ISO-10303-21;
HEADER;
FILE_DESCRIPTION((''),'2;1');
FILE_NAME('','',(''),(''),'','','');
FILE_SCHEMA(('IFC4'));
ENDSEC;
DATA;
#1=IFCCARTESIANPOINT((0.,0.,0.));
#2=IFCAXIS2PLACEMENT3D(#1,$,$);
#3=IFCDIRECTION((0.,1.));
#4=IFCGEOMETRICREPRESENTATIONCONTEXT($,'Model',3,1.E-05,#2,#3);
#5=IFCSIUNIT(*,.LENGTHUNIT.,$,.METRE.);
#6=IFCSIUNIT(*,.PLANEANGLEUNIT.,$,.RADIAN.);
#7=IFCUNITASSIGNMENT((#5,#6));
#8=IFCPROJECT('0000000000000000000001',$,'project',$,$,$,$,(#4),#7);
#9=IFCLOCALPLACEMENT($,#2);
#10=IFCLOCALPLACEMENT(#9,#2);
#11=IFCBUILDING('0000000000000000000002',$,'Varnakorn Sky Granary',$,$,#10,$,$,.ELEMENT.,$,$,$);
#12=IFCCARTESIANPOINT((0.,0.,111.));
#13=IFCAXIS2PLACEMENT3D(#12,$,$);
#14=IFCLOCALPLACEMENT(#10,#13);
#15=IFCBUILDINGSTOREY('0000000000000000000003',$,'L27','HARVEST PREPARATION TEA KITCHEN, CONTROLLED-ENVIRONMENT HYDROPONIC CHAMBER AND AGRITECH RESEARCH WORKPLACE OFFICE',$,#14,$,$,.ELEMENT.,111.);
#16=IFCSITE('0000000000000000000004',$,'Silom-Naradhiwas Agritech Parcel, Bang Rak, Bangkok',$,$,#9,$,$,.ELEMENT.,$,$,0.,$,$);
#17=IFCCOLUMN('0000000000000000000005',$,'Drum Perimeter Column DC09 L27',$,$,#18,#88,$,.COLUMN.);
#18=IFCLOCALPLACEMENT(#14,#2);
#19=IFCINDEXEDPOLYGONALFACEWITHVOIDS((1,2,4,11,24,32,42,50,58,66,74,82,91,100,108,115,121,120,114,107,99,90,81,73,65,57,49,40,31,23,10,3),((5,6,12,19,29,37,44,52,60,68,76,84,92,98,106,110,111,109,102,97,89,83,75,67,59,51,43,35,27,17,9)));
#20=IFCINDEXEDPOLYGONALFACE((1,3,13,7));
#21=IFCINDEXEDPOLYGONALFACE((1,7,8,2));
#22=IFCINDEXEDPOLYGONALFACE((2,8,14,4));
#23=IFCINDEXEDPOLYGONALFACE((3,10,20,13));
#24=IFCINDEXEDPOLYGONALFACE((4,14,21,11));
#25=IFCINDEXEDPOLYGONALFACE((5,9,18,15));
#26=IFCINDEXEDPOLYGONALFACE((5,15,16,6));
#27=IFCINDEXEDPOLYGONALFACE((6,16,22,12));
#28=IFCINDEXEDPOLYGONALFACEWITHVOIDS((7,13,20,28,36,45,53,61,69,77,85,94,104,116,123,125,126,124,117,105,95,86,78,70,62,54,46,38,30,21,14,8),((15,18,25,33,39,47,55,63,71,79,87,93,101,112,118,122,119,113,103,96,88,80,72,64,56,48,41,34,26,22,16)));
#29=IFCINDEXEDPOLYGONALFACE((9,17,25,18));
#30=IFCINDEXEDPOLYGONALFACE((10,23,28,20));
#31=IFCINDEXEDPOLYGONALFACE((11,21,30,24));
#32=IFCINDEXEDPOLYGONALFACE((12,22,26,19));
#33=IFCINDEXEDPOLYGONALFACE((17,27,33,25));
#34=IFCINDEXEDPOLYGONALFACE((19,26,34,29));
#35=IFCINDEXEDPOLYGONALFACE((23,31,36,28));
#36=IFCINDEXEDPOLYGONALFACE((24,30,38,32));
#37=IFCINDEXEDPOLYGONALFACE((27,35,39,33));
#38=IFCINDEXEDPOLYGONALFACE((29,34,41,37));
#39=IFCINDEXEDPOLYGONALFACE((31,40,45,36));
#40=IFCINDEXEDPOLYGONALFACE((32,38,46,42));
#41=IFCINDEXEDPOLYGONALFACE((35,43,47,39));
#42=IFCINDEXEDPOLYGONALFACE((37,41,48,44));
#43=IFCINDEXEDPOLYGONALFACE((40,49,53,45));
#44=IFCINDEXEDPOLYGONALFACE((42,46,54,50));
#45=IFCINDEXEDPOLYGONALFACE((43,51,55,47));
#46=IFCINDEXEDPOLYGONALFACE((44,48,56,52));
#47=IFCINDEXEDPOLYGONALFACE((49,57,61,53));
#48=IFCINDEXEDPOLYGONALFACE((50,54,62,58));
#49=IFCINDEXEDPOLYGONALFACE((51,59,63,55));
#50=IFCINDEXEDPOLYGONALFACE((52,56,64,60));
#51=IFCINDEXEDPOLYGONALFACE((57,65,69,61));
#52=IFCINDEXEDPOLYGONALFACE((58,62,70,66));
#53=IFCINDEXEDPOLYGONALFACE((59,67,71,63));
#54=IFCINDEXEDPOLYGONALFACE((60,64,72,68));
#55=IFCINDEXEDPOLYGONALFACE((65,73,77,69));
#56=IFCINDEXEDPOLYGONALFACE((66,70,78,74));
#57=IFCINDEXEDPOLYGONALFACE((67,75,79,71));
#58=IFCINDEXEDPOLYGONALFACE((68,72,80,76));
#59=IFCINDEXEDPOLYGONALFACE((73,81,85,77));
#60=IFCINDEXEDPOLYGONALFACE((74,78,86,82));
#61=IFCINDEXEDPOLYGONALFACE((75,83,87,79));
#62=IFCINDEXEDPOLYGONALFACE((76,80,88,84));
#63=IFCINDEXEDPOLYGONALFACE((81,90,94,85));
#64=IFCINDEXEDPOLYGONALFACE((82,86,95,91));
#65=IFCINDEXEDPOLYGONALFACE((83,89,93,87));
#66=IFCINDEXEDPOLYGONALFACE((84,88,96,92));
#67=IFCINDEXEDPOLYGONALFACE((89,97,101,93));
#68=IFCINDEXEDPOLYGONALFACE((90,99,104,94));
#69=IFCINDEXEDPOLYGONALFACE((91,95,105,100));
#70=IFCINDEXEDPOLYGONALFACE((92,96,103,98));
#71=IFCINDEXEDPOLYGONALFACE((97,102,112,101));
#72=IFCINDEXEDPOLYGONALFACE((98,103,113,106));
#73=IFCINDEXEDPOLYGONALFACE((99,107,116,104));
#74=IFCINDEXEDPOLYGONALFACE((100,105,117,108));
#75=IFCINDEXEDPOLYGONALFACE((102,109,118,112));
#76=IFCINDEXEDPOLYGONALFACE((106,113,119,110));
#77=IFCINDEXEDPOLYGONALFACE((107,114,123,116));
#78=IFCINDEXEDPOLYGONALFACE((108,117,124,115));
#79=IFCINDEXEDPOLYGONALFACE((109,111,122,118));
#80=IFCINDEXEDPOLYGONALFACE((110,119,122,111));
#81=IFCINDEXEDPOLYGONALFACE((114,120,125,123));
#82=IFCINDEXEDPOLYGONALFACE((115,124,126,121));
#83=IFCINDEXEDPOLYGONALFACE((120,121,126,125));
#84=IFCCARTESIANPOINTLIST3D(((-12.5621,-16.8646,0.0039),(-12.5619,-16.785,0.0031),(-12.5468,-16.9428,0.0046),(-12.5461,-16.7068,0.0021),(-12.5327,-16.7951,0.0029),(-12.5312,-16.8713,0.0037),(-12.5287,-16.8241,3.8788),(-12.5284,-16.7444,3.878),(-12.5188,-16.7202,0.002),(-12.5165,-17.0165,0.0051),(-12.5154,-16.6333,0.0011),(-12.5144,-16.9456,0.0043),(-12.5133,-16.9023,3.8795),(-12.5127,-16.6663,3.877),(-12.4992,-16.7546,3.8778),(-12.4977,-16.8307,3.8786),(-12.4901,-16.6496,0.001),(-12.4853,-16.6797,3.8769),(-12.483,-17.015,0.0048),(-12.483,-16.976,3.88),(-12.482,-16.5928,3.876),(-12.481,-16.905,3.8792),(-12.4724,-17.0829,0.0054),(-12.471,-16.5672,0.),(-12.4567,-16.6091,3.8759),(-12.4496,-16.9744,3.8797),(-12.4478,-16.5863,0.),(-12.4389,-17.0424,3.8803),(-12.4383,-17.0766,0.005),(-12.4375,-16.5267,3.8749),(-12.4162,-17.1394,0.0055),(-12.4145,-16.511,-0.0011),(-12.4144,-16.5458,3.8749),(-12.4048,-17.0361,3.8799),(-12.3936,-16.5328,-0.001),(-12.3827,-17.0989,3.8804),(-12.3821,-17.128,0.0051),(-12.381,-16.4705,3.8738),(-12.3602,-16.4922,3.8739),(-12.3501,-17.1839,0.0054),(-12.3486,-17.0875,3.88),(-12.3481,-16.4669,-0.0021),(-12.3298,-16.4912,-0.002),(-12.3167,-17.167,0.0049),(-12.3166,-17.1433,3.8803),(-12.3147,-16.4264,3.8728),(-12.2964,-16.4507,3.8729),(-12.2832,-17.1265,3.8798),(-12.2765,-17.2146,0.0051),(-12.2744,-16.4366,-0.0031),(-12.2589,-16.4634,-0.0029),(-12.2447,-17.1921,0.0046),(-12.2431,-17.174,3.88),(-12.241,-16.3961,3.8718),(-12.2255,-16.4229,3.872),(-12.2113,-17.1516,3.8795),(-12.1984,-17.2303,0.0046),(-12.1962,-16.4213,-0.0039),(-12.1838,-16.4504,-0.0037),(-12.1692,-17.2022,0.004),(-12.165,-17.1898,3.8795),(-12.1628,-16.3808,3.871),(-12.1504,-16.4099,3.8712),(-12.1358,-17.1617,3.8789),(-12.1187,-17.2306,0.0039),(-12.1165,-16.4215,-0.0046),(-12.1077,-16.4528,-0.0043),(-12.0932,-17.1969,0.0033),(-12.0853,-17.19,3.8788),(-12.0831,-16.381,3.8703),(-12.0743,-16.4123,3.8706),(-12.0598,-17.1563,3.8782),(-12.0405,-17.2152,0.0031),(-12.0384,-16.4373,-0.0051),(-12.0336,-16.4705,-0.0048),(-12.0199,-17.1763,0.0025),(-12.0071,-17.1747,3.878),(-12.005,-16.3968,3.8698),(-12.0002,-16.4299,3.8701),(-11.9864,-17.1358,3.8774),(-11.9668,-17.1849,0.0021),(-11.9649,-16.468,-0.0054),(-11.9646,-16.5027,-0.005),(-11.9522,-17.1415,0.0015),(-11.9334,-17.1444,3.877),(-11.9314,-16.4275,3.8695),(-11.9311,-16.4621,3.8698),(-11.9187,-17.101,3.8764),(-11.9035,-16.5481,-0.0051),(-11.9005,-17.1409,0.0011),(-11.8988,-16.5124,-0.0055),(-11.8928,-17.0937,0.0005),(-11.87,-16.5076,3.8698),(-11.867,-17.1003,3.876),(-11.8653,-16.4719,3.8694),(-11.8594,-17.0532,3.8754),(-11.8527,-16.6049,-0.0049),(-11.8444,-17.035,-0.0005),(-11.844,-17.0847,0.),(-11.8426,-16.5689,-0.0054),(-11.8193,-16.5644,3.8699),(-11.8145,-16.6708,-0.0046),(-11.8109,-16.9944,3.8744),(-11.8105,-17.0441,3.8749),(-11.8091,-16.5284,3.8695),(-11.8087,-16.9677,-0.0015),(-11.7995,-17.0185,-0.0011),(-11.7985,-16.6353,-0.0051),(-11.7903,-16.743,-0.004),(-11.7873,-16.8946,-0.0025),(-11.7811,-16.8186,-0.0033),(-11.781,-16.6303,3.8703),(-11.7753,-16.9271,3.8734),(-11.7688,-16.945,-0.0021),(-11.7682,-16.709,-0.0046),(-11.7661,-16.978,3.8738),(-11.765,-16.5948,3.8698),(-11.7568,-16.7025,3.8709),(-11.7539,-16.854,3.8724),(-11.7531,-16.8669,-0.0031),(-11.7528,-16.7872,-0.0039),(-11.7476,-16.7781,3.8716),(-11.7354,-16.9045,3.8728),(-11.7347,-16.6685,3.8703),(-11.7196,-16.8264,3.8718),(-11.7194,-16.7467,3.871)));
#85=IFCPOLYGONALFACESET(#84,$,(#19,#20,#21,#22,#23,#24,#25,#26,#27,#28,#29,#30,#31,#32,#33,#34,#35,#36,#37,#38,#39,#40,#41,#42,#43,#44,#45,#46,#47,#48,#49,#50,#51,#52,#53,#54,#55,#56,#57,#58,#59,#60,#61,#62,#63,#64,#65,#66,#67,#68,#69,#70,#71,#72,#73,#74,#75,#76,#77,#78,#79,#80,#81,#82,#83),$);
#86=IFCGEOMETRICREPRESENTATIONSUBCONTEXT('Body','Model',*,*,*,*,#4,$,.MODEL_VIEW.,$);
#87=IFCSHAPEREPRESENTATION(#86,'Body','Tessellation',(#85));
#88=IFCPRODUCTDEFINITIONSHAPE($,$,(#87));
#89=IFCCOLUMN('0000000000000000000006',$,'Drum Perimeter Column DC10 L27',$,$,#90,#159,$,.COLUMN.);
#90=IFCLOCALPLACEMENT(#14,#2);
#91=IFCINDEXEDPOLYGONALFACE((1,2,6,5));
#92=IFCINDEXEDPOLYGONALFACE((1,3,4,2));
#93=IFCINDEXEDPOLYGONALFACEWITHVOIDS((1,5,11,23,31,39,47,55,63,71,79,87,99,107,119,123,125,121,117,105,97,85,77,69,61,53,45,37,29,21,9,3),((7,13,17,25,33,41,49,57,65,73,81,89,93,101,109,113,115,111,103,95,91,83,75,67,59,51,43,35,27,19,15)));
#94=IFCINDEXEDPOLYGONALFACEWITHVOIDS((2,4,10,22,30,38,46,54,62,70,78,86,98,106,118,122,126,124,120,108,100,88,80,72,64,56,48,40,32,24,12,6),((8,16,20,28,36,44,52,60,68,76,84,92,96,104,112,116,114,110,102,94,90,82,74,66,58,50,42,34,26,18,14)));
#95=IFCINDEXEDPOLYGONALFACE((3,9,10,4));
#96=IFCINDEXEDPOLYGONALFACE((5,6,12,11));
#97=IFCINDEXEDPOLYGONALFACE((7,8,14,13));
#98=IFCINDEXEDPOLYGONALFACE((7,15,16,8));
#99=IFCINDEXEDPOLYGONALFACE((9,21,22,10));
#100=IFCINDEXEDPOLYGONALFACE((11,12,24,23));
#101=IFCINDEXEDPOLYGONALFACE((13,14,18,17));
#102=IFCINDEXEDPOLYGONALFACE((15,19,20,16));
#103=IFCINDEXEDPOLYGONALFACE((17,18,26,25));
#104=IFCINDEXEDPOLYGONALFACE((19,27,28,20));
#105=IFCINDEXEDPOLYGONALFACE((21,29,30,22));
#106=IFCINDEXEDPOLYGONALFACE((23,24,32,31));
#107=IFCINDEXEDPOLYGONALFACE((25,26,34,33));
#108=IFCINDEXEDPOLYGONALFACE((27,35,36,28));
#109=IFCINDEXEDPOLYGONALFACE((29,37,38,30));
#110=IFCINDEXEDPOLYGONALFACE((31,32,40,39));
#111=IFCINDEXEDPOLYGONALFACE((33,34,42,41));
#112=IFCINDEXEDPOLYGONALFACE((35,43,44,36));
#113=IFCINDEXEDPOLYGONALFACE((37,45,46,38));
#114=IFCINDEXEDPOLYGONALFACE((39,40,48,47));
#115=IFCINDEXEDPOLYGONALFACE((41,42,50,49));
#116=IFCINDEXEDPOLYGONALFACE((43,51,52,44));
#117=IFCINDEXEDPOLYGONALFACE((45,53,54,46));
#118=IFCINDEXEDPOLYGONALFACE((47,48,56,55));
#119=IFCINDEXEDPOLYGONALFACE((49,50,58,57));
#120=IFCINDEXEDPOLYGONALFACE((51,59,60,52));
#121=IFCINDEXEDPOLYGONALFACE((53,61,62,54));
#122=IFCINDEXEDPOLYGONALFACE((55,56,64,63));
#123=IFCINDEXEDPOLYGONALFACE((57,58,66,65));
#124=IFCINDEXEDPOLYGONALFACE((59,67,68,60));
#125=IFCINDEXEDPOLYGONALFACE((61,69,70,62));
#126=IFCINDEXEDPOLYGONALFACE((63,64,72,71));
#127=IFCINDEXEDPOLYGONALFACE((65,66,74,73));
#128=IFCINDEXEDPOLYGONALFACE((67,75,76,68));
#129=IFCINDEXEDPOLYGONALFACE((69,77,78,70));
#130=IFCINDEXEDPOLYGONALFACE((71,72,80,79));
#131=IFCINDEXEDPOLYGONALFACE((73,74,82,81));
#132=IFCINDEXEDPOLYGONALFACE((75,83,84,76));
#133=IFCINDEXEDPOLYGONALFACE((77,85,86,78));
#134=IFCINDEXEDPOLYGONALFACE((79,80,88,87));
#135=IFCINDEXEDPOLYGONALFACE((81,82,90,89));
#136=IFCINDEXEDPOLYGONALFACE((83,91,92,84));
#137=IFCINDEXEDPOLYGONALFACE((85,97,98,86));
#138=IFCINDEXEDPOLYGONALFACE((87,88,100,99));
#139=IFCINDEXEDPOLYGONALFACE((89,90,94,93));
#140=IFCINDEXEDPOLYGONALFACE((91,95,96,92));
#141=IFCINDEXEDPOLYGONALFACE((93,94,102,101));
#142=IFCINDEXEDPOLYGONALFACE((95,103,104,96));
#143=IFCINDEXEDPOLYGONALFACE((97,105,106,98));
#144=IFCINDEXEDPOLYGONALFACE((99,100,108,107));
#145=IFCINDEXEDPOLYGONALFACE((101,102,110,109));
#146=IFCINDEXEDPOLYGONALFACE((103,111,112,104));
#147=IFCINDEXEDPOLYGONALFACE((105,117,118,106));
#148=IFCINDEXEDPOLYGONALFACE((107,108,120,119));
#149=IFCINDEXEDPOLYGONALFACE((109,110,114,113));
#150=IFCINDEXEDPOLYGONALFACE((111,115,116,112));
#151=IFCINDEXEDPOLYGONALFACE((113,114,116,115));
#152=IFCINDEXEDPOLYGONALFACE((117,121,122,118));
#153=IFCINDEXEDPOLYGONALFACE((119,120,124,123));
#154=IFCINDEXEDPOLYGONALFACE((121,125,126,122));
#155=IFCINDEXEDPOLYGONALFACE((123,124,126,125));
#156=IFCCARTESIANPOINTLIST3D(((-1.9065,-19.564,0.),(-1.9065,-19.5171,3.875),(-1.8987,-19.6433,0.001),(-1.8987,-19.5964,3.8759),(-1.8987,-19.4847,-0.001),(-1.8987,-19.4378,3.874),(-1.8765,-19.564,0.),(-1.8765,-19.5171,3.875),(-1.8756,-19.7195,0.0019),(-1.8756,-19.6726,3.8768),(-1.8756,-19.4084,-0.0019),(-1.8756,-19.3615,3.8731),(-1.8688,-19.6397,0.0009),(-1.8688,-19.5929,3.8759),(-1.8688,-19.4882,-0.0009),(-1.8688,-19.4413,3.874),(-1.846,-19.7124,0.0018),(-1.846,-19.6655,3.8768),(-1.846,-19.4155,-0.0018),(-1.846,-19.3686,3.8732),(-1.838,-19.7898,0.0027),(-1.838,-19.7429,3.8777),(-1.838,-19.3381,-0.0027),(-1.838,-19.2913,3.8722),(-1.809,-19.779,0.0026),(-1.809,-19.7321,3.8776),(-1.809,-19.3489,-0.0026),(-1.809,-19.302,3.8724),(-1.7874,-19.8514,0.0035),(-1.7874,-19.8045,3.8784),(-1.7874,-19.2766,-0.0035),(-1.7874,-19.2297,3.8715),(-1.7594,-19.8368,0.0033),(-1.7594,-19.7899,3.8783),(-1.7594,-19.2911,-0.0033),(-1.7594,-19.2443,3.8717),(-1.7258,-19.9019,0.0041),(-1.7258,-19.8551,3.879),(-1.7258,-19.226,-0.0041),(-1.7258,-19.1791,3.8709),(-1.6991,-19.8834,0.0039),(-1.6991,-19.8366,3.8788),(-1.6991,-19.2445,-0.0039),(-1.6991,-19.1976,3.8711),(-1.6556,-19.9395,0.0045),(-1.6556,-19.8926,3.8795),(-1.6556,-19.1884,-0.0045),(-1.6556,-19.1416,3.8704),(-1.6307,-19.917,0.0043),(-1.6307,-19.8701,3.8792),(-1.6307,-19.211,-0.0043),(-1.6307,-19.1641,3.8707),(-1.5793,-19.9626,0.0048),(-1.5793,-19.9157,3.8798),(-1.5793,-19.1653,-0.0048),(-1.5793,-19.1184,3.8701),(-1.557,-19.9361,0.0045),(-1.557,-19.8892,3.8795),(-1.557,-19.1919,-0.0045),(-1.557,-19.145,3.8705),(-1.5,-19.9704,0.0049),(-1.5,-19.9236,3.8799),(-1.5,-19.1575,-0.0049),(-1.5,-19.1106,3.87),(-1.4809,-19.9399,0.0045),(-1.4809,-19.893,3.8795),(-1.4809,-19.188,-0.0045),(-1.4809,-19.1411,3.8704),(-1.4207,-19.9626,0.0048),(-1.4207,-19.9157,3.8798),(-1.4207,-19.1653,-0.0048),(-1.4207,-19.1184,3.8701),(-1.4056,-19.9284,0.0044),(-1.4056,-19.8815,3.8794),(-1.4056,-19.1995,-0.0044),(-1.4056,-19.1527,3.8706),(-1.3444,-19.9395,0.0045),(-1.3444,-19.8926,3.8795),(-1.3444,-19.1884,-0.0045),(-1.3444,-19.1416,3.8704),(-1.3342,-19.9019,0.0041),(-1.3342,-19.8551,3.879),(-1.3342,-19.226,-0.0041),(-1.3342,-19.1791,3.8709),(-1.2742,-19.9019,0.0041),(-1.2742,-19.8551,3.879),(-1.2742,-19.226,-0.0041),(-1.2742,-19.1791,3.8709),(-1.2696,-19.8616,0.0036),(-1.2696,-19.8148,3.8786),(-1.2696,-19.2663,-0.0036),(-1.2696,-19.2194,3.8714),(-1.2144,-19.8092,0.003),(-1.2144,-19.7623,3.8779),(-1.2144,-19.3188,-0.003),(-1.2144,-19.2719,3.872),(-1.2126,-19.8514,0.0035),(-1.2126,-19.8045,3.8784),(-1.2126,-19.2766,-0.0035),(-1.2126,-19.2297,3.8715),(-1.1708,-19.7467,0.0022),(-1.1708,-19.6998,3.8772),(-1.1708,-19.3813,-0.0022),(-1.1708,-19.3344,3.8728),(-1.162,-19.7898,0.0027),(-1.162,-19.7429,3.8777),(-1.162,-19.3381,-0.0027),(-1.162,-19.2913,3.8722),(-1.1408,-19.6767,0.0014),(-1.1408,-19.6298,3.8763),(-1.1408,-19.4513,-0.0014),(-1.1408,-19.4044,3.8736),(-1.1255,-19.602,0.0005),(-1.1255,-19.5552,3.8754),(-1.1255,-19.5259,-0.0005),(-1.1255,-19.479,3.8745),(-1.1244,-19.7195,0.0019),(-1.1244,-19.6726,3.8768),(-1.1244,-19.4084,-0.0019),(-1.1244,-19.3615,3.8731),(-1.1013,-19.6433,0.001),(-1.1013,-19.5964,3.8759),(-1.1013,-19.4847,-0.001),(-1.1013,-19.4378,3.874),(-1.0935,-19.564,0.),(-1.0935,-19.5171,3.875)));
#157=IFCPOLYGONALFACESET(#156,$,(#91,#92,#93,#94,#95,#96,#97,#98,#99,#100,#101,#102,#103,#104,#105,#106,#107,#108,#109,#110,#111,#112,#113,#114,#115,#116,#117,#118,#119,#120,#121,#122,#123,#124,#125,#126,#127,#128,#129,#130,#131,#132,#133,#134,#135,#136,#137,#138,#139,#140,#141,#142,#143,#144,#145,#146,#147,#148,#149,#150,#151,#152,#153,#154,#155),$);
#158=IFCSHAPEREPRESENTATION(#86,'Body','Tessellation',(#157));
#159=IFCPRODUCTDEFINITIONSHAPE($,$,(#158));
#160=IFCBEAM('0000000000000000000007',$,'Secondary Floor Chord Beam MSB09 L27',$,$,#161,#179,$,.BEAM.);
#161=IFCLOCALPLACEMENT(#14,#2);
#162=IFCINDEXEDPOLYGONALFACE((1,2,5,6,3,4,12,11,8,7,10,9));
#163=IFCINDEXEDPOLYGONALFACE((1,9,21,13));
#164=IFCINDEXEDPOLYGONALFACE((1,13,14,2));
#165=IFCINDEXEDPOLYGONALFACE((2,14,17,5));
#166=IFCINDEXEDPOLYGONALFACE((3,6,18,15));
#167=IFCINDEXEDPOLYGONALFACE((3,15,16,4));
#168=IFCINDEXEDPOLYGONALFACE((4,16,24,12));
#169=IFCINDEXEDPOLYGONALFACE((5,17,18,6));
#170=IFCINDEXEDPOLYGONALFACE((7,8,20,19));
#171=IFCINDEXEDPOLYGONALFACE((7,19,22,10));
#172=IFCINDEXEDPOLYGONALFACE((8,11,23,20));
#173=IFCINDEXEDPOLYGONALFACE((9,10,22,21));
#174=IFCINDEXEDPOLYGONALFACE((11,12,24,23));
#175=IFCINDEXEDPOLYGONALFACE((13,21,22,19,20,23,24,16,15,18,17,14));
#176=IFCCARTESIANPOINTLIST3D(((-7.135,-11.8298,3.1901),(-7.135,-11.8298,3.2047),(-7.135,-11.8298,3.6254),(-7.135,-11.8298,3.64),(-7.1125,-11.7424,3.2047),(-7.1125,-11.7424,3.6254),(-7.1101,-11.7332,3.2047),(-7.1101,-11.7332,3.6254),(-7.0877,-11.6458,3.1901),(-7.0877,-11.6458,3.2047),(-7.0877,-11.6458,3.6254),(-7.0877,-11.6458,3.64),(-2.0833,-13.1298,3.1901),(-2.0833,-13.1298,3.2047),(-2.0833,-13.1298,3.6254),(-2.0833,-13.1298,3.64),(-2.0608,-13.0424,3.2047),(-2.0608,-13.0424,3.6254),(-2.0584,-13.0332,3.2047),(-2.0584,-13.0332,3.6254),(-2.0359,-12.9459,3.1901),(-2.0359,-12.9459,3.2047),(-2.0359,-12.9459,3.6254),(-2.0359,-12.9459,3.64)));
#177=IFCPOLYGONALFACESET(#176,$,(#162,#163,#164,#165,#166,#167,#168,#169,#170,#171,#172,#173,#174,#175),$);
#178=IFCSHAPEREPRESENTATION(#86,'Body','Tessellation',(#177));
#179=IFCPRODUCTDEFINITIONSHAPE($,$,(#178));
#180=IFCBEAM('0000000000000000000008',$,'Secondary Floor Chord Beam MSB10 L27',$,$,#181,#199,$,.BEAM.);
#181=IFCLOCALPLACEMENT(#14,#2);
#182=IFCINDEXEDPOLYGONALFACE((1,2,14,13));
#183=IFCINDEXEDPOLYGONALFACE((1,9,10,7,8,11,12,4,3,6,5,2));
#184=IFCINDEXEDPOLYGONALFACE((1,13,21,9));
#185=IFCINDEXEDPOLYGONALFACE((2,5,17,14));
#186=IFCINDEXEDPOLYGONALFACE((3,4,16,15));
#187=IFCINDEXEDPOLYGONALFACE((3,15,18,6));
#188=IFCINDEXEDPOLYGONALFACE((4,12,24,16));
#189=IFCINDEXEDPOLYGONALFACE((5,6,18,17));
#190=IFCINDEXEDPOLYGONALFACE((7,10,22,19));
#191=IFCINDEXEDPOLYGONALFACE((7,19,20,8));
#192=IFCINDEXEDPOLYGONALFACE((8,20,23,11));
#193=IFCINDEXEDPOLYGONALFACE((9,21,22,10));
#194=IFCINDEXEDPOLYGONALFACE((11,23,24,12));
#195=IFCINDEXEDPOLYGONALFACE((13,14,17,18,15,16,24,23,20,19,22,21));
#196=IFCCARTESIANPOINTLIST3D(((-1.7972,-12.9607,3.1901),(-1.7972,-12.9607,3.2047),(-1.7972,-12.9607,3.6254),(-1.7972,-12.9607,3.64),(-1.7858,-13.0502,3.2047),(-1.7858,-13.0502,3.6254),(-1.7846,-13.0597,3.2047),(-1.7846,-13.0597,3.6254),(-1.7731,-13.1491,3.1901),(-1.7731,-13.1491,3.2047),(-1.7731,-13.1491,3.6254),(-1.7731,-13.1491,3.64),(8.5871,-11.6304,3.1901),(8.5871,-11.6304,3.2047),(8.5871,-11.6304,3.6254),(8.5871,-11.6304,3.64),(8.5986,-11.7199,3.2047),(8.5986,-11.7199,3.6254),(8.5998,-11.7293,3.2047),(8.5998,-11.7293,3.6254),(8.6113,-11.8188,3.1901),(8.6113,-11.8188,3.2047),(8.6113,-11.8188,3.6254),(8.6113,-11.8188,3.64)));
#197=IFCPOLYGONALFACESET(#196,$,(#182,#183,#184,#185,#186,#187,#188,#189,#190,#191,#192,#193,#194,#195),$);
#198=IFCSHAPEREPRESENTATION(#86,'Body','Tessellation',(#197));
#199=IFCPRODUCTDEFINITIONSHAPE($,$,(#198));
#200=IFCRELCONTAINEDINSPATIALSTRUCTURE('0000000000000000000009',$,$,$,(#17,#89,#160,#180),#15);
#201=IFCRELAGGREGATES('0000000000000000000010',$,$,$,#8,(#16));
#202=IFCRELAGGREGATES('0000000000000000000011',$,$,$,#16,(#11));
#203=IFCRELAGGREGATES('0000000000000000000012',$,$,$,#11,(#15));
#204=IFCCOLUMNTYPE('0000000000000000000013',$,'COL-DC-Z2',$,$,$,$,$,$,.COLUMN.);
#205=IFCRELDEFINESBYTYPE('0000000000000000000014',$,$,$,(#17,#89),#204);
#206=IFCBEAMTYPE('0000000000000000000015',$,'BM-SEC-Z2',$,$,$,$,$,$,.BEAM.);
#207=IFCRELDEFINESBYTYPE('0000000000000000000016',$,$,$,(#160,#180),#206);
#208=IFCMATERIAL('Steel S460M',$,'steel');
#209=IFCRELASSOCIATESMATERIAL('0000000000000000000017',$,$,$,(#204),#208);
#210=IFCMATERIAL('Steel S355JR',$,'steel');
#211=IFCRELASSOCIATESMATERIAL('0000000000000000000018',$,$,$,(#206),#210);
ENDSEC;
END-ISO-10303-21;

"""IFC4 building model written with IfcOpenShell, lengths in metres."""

from ifc_helpers import new_model, si_unit, direction, frame, origin, origin_2d, place, context, subcontext, project, spatial, hollow_circle, i_section, extrude, material, material_profile, profile_set, type_object, element, save


model = new_model("IFC4")

# Units and contexts
model_context = context("Model", 3, precision=1e-05, world=origin(), true_north=direction((0.0, 1.0)))
body_context = subcontext(model_context, "Body", "Model", "MODEL_VIEW")
ifc_project = project(units=[si_unit("LENGTHUNIT", "METRE"), si_unit("PLANEANGLEUNIT", "RADIAN")], contexts=[model_context])

# Site, building, storey
site_placement = place(None, origin())
site = spatial("IfcSite", under=ifc_project, at=site_placement, Name="Silom-Naradhiwas Agritech Parcel, Bang Rak, Bangkok", CompositionType="ELEMENT", RefElevation=0.0)
building_placement = place(site_placement, origin())
building = spatial("IfcBuilding", under=site, at=building_placement, Name="Varnakorn Sky Granary", CompositionType="ELEMENT")
storey_placement = place(building_placement, frame((0.0, 0.0, 111.0)))
storey = spatial("IfcBuildingStorey", under=building, at=storey_placement, Name="L27", Description="HARVEST PREPARATION TEA KITCHEN, CONTROLLED-ENVIRONMENT HYDROPONIC CHAMBER AND AGRITECH RESEARCH WORKPLACE OFFICE", CompositionType="ELEMENT", Elevation=111.0)

# Columns
ifc_material_1 = material(Name="Steel S460M", Category="steel")
ifc_material_profile_1 = material_profile(ifc_material_1, hollow_circle(Radius=0.4065, WallThickness=0.03, at=origin_2d()), Name="CHS 813x30")
ifc_profile_set_1 = profile_set([ifc_material_profile_1], Name="Steel S460M")
column_type = type_object("IfcColumnType", Name="COL-DC-Z2", PredefinedType="COLUMN", material=ifc_profile_set_1)
for number, where, z_axis, x_axis, name in (
    (1, (-12.1575, -16.8259, 0.0), (0.008631, 0.010458, 0.999908), (-0.771259, 0.636521, 0.0), "Drum Perimeter Column DC09 L27"),
    (2, (-1.5, -19.564, 0.0), (0.0, 0.012096, 0.999927), (-1.0, 0.0, 0.0), "Drum Perimeter Column DC10 L27"),
):
    element("IfcColumn", number, at=place(storey_placement, frame(where, z_axis=z_axis, x_axis=x_axis)), inside=storey, type_object=column_type, Name=name, PredefinedType="COLUMN", context=body_context, shape_type="SweptSolid", body=[
        extrude(hollow_circle(Radius=0.4065, WallThickness=0.03, at=origin_2d()), origin(), (0.0, 0.0, 1.0), 3.8752),
    ])

# Beams
ifc_material_2 = material(Name="Steel S355JR", Category="steel")
ifc_material_profile_2 = material_profile(ifc_material_2, i_section(OverallWidth=0.1899, OverallDepth=0.45, WebThickness=0.0095, FlangeThickness=0.0146, at=origin_2d()), Name="IPE 450")
ifc_profile_set_2 = profile_set([ifc_material_profile_2], Name="Steel S355JR")
beam_type_1 = type_object("IfcBeamType", Name="BM-SEC-Z2", PredefinedType="BEAM", material=ifc_profile_set_2)
beam_1_placement = place(storey_placement, frame((-7.1113, -11.7378, 3.415), z_axis=(0.968446, -0.249225, 0.0), x_axis=(0.249225, 0.968446, 0.0)))
element("IfcBeam", 3, at=beam_1_placement, inside=storey, type_object=beam_type_1, Name="Secondary Floor Chord Beam MSB09 L27", PredefinedType="BEAM", context=body_context, shape_type="SweptSolid", body=[
    extrude(i_section(OverallWidth=0.1899, OverallDepth=0.45, WebThickness=0.0095, FlangeThickness=0.0146, at=origin_2d()), origin(), (0.0, 0.0, 1.0), 5.2163),
])
beam_2_placement = place(storey_placement, frame((-1.7852, -13.0549, 3.415), z_axis=(0.991894, 0.127071, 0.0), x_axis=(-0.127071, 0.991894, 0.0)))
element("IfcBeam", 4, at=beam_2_placement, inside=storey, type_object=beam_type_1, Name="Secondary Floor Chord Beam MSB10 L27", PredefinedType="BEAM", context=body_context, shape_type="SweptSolid", body=[
    extrude(i_section(OverallWidth=0.1899, OverallDepth=0.45, WebThickness=0.0095, FlangeThickness=0.0146, at=origin_2d()), origin(), (0.0, 0.0, 1.0), 10.4692),
])

save(model, "model.ifc")
